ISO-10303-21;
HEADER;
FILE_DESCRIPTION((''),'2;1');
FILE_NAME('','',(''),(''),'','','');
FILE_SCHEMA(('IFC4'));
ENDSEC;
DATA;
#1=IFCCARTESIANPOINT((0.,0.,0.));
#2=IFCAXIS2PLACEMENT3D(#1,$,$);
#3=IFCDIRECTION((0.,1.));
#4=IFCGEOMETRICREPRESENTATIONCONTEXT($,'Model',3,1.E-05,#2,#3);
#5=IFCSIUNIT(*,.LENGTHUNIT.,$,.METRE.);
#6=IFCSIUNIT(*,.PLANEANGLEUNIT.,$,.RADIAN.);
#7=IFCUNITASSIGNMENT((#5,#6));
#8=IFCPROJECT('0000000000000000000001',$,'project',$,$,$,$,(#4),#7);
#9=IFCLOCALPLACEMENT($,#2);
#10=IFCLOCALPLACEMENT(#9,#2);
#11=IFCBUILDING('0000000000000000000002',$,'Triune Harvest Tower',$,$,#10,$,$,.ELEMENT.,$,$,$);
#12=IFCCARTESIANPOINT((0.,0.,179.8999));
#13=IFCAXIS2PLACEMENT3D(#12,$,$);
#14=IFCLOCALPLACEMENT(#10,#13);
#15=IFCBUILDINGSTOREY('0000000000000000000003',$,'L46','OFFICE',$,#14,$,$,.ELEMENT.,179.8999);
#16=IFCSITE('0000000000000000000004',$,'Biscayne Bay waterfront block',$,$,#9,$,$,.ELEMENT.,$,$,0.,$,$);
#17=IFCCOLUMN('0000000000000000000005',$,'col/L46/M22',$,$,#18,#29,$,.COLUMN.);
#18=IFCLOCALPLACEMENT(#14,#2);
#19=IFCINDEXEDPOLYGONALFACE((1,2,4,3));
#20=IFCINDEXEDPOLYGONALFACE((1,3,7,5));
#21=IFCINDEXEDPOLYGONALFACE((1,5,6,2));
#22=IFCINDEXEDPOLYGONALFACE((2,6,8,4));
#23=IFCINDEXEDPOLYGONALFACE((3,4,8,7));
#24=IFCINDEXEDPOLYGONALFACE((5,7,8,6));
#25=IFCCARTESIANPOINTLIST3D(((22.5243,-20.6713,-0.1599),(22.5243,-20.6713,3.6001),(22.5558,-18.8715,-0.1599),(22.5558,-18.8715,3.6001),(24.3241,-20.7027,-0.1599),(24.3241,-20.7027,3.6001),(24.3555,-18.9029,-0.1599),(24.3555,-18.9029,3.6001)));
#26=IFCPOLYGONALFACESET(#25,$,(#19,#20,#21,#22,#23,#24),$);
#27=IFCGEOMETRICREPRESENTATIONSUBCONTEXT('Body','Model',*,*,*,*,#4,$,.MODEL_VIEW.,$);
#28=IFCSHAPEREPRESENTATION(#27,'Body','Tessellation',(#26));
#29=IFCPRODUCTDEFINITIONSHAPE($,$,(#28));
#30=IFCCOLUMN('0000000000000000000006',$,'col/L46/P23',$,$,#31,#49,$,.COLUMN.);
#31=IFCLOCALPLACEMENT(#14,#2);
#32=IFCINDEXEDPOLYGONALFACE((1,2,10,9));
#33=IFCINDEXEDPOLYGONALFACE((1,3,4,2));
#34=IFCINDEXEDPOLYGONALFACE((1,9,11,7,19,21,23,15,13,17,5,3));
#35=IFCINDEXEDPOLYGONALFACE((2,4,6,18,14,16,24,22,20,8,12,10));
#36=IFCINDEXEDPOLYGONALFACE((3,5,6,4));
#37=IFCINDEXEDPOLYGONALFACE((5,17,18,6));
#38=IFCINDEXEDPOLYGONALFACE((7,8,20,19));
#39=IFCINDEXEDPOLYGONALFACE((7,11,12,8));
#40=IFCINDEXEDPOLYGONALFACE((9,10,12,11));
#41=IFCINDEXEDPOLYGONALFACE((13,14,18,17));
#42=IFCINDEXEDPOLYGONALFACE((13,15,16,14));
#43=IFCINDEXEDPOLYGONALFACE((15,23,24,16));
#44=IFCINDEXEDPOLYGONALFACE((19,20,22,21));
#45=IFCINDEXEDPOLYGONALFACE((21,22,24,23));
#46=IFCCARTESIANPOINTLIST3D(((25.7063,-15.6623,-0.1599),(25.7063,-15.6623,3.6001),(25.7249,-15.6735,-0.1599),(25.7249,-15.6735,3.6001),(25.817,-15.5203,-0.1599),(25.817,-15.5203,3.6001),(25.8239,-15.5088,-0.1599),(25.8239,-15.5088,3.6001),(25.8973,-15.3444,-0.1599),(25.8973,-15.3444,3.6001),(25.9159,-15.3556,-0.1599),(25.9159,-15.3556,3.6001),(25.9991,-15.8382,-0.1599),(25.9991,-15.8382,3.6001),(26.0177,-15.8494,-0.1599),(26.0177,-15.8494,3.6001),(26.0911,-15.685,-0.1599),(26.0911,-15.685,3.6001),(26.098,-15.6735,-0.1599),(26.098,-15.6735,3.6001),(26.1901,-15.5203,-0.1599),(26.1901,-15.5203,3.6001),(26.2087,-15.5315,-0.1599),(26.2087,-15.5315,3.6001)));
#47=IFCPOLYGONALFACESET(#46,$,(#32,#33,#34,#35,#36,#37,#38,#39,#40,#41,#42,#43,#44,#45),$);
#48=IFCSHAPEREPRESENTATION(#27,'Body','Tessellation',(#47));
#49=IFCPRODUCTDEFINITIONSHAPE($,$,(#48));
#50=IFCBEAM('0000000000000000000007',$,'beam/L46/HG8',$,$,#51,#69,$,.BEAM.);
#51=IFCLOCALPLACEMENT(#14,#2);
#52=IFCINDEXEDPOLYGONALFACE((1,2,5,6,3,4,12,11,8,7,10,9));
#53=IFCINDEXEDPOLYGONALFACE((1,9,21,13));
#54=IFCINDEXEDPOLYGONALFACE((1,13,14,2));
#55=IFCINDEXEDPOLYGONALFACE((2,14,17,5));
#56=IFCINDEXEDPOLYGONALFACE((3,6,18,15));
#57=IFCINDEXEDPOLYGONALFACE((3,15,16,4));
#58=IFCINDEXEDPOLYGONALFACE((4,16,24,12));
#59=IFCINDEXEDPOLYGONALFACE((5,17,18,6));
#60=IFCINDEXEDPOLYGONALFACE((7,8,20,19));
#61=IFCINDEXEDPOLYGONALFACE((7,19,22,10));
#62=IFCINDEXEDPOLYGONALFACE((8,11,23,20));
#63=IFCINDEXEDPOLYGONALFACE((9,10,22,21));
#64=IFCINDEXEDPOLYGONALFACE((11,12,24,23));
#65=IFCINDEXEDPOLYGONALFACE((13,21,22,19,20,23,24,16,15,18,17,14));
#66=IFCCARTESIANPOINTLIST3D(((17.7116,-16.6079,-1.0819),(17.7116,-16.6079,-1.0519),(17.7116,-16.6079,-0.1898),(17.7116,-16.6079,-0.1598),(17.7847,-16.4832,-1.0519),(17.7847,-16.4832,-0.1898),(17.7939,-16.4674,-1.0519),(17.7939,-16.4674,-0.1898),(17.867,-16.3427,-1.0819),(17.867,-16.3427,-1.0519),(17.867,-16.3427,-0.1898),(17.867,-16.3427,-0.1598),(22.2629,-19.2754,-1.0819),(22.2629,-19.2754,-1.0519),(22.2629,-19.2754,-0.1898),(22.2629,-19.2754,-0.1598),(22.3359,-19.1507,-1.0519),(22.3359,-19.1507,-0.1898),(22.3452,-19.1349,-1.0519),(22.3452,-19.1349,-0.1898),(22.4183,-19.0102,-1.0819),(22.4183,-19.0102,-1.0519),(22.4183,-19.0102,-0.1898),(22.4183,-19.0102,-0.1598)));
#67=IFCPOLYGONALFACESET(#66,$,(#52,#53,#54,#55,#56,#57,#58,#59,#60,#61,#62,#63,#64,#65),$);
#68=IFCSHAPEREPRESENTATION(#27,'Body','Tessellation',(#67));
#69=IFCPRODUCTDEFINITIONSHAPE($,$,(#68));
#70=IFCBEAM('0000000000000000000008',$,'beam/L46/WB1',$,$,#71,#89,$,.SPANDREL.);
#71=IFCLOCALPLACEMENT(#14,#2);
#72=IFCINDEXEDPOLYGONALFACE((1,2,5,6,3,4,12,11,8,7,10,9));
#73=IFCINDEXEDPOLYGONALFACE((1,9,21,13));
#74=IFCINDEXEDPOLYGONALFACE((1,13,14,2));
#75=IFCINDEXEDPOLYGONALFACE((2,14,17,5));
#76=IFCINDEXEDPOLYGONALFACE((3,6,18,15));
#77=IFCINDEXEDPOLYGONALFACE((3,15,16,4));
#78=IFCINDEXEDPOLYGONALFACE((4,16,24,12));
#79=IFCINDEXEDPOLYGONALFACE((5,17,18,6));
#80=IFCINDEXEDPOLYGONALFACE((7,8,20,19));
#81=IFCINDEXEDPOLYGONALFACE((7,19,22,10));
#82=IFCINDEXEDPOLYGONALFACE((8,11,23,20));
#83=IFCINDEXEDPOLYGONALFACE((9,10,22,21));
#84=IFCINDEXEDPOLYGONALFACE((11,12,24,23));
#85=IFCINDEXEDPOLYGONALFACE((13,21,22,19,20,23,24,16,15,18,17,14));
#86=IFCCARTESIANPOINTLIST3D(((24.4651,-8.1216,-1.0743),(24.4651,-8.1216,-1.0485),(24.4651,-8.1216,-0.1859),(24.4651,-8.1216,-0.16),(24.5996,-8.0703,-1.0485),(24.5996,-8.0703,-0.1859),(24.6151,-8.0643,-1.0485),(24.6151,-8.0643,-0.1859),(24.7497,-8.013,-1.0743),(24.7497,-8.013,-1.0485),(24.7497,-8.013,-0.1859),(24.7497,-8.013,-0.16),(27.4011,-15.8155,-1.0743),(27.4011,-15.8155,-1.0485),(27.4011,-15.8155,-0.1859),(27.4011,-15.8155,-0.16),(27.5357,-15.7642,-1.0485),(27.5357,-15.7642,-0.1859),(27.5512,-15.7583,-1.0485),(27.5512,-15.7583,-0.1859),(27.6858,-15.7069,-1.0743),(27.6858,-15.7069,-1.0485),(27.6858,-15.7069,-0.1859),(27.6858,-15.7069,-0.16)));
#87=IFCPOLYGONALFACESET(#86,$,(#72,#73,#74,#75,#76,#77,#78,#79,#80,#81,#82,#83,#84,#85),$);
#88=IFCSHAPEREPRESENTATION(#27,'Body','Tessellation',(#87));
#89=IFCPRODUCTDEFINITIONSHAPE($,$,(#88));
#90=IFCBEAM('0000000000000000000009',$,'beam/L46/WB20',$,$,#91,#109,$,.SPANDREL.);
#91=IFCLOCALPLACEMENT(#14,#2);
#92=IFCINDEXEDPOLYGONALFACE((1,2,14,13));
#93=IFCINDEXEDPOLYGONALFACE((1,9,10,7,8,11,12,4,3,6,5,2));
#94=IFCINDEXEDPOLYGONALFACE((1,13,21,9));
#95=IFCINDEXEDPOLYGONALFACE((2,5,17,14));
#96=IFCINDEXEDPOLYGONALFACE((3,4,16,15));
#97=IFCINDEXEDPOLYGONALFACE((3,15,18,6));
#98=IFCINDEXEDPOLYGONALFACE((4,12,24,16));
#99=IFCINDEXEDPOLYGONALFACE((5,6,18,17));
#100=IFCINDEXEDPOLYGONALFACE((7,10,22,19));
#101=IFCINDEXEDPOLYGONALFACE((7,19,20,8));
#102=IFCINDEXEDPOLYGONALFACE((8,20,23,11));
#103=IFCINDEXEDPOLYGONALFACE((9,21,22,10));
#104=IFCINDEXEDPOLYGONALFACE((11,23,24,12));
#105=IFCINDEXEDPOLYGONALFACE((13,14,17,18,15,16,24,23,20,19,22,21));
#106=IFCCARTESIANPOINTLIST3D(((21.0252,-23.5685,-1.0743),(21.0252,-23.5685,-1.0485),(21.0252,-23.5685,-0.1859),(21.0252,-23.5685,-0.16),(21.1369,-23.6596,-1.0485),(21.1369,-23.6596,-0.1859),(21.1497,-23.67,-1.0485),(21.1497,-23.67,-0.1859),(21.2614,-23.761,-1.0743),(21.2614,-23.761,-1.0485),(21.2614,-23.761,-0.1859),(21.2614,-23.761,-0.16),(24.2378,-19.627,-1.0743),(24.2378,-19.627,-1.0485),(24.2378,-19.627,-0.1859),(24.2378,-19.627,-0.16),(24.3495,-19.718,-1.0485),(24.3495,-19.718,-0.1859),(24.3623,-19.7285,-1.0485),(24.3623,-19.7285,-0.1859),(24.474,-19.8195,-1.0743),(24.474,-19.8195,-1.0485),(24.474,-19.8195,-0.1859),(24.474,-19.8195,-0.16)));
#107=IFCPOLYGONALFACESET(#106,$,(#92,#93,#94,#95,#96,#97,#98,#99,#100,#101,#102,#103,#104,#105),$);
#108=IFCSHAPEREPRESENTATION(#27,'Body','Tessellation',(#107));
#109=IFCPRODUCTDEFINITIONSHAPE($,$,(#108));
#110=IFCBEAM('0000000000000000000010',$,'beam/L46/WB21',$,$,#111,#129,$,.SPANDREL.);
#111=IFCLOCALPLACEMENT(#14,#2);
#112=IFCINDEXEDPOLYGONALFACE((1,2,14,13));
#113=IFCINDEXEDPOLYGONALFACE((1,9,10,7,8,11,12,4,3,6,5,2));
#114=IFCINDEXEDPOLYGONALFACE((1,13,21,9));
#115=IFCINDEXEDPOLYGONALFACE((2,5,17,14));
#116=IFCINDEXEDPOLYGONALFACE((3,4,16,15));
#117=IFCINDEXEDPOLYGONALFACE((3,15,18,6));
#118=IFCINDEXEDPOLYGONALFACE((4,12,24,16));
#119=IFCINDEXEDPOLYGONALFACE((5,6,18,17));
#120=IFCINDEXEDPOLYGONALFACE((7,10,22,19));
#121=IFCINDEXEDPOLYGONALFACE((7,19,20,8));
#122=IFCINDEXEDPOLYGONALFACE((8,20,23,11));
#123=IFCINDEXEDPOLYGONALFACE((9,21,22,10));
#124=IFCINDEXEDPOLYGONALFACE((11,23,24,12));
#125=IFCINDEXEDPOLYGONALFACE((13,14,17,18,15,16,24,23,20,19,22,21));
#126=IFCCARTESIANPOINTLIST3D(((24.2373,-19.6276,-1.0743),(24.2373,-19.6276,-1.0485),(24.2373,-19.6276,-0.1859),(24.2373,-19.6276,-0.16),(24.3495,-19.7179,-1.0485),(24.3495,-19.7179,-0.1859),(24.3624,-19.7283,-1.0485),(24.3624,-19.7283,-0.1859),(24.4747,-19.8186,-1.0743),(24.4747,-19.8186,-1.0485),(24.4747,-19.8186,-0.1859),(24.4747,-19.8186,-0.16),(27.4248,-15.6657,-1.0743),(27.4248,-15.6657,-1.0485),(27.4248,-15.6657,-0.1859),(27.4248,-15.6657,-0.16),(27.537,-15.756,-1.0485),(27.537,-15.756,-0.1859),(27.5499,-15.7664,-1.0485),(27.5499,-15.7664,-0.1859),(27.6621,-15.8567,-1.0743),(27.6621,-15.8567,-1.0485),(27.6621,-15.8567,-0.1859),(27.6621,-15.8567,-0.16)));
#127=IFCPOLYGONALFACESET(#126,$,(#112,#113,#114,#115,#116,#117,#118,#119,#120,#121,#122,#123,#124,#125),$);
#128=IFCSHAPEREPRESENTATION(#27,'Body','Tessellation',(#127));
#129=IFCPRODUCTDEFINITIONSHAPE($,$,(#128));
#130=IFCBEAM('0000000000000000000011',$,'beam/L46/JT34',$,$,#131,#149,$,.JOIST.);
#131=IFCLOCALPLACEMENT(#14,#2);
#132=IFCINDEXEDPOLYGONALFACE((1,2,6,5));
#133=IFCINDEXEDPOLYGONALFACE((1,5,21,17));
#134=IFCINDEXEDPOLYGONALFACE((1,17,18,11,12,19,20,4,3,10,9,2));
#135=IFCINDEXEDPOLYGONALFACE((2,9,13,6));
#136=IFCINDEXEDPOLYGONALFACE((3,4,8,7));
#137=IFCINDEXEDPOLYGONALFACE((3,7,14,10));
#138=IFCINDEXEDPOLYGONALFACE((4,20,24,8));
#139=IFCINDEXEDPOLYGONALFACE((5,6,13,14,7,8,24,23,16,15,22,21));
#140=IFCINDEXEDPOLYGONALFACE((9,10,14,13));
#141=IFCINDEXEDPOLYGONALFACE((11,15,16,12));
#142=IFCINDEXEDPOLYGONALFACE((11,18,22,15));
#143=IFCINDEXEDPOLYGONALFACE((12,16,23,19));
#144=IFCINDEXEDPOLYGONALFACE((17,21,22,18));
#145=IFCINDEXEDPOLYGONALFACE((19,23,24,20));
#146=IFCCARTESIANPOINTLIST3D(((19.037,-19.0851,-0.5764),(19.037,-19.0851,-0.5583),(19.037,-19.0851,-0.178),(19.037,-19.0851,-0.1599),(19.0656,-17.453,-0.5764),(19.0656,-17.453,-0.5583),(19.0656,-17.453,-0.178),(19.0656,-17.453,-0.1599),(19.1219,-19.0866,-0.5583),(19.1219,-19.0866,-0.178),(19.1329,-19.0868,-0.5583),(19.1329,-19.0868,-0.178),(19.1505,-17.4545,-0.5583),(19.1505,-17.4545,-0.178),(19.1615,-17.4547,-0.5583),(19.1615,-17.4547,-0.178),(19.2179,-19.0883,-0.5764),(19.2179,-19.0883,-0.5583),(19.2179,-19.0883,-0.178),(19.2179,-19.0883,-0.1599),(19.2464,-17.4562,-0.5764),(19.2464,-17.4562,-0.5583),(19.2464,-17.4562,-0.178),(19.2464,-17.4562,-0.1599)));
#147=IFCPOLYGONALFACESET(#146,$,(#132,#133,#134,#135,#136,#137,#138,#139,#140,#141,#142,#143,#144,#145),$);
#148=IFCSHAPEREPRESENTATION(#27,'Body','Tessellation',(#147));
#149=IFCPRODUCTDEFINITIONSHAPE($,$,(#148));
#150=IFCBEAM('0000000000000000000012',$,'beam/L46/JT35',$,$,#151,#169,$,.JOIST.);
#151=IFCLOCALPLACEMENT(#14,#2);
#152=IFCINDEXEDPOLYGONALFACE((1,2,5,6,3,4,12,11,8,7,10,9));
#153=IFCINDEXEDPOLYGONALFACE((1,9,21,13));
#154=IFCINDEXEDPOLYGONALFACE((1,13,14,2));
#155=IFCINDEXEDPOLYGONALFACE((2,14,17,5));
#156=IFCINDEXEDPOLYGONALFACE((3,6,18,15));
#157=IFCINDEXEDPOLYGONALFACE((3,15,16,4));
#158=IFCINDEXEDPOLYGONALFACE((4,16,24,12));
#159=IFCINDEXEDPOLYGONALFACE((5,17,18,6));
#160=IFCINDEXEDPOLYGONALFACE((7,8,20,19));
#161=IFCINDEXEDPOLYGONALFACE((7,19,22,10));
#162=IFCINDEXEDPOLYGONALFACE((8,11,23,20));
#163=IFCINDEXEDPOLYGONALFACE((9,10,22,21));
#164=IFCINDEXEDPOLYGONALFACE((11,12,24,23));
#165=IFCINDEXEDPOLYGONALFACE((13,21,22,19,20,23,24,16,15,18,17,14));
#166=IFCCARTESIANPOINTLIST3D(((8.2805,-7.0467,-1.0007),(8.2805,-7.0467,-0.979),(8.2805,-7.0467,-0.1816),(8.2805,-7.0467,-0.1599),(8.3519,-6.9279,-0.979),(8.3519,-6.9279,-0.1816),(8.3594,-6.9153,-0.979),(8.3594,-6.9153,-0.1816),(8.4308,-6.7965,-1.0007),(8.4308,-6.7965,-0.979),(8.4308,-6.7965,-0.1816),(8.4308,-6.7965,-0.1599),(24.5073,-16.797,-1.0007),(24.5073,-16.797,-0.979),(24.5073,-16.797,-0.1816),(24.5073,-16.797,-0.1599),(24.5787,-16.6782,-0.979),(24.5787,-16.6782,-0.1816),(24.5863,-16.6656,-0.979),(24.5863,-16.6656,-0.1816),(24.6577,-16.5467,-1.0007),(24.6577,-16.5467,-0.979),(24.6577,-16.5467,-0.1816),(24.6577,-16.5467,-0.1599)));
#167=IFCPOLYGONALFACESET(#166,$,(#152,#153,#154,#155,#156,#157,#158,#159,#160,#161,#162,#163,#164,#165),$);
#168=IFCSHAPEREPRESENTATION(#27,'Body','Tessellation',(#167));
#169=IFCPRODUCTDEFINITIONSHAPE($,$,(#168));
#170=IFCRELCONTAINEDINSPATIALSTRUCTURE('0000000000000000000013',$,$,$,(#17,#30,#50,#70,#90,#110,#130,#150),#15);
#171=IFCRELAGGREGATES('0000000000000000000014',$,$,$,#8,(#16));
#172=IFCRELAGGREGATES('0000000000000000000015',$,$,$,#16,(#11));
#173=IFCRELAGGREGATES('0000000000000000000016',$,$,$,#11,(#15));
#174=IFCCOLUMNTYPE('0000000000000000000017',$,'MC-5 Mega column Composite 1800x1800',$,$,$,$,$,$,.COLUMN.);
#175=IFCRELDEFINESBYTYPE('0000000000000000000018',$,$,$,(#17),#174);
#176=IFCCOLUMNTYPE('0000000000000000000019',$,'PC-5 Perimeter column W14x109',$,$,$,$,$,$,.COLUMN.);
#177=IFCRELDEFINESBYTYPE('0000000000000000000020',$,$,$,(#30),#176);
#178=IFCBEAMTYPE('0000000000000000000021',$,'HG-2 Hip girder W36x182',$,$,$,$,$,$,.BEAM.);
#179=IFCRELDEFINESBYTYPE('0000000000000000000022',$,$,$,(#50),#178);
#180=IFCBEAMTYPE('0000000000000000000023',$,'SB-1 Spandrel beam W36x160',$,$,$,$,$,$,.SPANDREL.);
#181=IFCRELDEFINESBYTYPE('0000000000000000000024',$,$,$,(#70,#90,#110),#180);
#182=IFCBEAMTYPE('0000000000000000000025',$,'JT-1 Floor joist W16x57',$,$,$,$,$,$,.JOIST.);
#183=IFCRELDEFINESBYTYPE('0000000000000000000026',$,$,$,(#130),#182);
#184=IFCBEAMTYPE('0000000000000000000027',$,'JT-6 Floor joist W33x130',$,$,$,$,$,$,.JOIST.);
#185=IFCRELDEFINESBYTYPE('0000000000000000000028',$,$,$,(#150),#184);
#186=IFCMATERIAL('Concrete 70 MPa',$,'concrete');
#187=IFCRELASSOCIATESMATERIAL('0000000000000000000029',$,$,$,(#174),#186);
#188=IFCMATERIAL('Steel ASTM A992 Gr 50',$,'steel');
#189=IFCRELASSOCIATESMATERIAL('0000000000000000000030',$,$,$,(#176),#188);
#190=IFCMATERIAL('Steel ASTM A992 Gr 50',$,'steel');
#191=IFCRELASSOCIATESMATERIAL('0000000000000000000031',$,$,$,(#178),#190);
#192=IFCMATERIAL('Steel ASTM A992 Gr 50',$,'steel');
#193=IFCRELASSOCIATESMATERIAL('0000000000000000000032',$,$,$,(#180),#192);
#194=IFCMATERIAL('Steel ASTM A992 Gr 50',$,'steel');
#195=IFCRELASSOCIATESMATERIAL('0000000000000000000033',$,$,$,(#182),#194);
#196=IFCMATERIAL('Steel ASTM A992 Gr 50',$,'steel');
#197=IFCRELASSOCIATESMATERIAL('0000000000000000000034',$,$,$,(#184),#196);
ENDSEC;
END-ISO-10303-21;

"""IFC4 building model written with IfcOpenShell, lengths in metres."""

from ifc_helpers import new_model, si_unit, direction, frame, origin, origin_2d, place, context, subcontext, project, spatial, rectangle, i_section, extrude, source, transform, mapped, material, material_profile, profile_set, type_object, element, save


model = new_model("IFC4")

# Units and contexts
model_context = context("Model", 3, precision=1e-05, world=origin(), true_north=direction((0.0, 1.0)))
body_context = subcontext(model_context, "Body", "Model", "MODEL_VIEW")
ifc_project = project(units=[si_unit("LENGTHUNIT", "METRE"), si_unit("PLANEANGLEUNIT", "RADIAN")], contexts=[model_context])

# Site, building, storey
site_placement = place(None, origin())
site = spatial("IfcSite", under=ifc_project, at=site_placement, Name="Biscayne Bay waterfront block", CompositionType="ELEMENT", RefElevation=0.0)
building_placement = place(site_placement, origin())
building = spatial("IfcBuilding", under=site, at=building_placement, Name="Triune Harvest Tower", CompositionType="ELEMENT")
storey_placement = place(building_placement, frame((0.0, 0.0, 179.8999)))
storey = spatial("IfcBuildingStorey", under=building, at=storey_placement, Name="L46", Description="OFFICE", CompositionType="ELEMENT", Elevation=179.8999)

# Columns
ifc_material_1 = material(Name="Concrete 70 MPa", Category="concrete")
ifc_material_profile_1 = material_profile(ifc_material_1, rectangle(XDim=1.8, YDim=1.8, at=origin_2d()), Name="Composite 1800x1800")
ifc_profile_set_1 = profile_set([ifc_material_profile_1], Name="Concrete 70 MPa")
column_type_1 = type_object("IfcColumnType", Name="MC-5 Mega column Composite 1800x1800", PredefinedType="COLUMN", material=ifc_profile_set_1)
shared_shape_1 = source(origin(), body_context, "Body", "SweptSolid", [
    extrude(rectangle(XDim=1.8, YDim=1.8, at=origin_2d()), origin(), (0.0, 0.0, 1.0), 3.76),
])
column_1_placement = place(storey_placement, frame((23.4399, -19.7871, -0.1599), z_axis=(0.0, 0.0, 1.0), x_axis=(0.999848, -0.017452, 0.0)))
element("IfcColumn", 1, at=column_1_placement, inside=storey, type_object=column_type_1, Name="col/L46/M22", PredefinedType="COLUMN", context=body_context, shape_type="MappedRepresentation", body=[
    mapped(shared_shape_1, transform((0.0, 0.0, 0.0), scale=1.0)),
])
ifc_material_2 = material(Name="Steel ASTM A992 Gr 50", Category="steel")
ifc_material_profile_2 = material_profile(ifc_material_2, i_section(OverallWidth=0.3708, OverallDepth=0.3633, WebThickness=0.0134, FlangeThickness=0.0217, at=origin_2d()), Name="W14x109")
ifc_profile_set_2 = profile_set([ifc_material_profile_2], Name="Steel ASTM A992 Gr 50")
column_type_2 = type_object("IfcColumnType", Name="PC-5 Perimeter column W14x109", PredefinedType="COLUMN", material=ifc_profile_set_2)
shared_shape_2 = source(origin(), body_context, "Body", "SweptSolid", [
    extrude(i_section(OverallWidth=0.3708, OverallDepth=0.3633, WebThickness=0.0134, FlangeThickness=0.0217, at=origin_2d()), origin(), (0.0, 0.0, 1.0), 3.76),
])
column_2_placement = place(storey_placement, frame((25.9575, -15.5969, -0.1599), z_axis=(0.0, 0.0, 1.0), x_axis=(0.51504, 0.857166, 0.0)))
element("IfcColumn", 2, at=column_2_placement, inside=storey, type_object=column_type_2, Name="col/L46/P23", PredefinedType="COLUMN", context=body_context, shape_type="MappedRepresentation", body=[
    mapped(shared_shape_2, transform((0.0, 0.0, 0.0), scale=1.0)),
])

# Beams
ifc_material_3 = material(Name="Steel ASTM A992 Gr 50", Category="steel")
ifc_material_profile_3 = material_profile(ifc_material_3, i_section(OverallWidth=0.3074, OverallDepth=0.9221, WebThickness=0.0183, FlangeThickness=0.03, at=origin_2d()), Name="W36x182")
ifc_profile_set_3 = profile_set([ifc_material_profile_3], Name="Steel ASTM A992 Gr 50")
beam_type_1 = type_object("IfcBeamType", Name="HG-2 Hip girder W36x182", PredefinedType="BEAM", material=ifc_profile_set_3)
beam_1_placement = place(storey_placement, frame((22.3406, -19.1428, -0.6208), z_axis=(-0.86274, 0.505648, 0.0), x_axis=(-0.505648, -0.86274, 0.0)))
element("IfcBeam", 3, at=beam_1_placement, inside=storey, type_object=beam_type_1, Name="beam/L46/HG8", PredefinedType="BEAM", context=body_context, shape_type="SweptSolid", body=[
    extrude(i_section(OverallWidth=0.3074, OverallDepth=0.9221, WebThickness=0.0183, FlangeThickness=0.03, at=origin_2d()), origin(), (0.0, 0.0, 1.0), 5.2754),
])
ifc_material_4 = material(Name="Steel ASTM A992 Gr 50", Category="steel")
ifc_material_profile_4 = material_profile(ifc_material_4, i_section(OverallWidth=0.3047, OverallDepth=0.9143, WebThickness=0.0166, FlangeThickness=0.0259, at=origin_2d()), Name="W36x160")
ifc_profile_set_4 = profile_set([ifc_material_profile_4], Name="Steel ASTM A992 Gr 50")
beam_type_2 = type_object("IfcBeamType", Name="SB-1 Spandrel beam W36x160", PredefinedType="SPANDREL", material=ifc_profile_set_4)
shared_shape_3 = source(origin(), body_context, "Body", "SweptSolid", [
    extrude(i_section(OverallWidth=0.3047, OverallDepth=0.9143, WebThickness=0.0166, FlangeThickness=0.0259, at=origin_2d()), origin(), (0.0, 0.0, 1.0), 8.2351),
])
beam_2_placement = place(storey_placement, frame((27.5435, -15.7612, -0.6172), z_axis=(-0.35653, 0.934284, 0.0), x_axis=(-0.934284, -0.35653, 0.0)))
element("IfcBeam", 4, at=beam_2_placement, inside=storey, type_object=beam_type_2, Name="beam/L46/WB1", PredefinedType="SPANDREL", context=body_context, shape_type="MappedRepresentation", body=[
    mapped(shared_shape_3, transform((0.0, 0.0, 0.0), scale=1.0)),
])
shared_shape_4 = source(origin(), body_context, "Body", "SweptSolid", [
    extrude(i_section(OverallWidth=0.3047, OverallDepth=0.9143, WebThickness=0.0166, FlangeThickness=0.0259, at=origin_2d()), origin(), (0.0, 0.0, 1.0), 5.085),
])
for number, where, z_axis, x_axis, name in (
    (5, (21.1433, -23.6648, -0.6172), (0.631783, 0.775145, 0.0), (-0.775145, 0.631783, 0.0), "beam/L46/WB20"),
    (6, (24.356, -19.7231, -0.6172), (0.626847, 0.779142, 0.0), (-0.779142, 0.626847, 0.0), "beam/L46/WB21"),
):
    element("IfcBeam", number, at=place(storey_placement, frame(where, z_axis=z_axis, x_axis=x_axis)), inside=storey, type_object=beam_type_2, Name=name, PredefinedType="SPANDREL", context=body_context, shape_type="MappedRepresentation", body=[
        mapped(shared_shape_4, transform((0.0, 0.0, 0.0), scale=1.0)),
    ])
ifc_material_5 = material(Name="Steel ASTM A992 Gr 50", Category="steel")
ifc_material_profile_5 = material_profile(ifc_material_5, i_section(OverallWidth=0.1809, OverallDepth=0.4165, WebThickness=0.011, FlangeThickness=0.0181, at=origin_2d()), Name="W16x57")
ifc_profile_set_5 = profile_set([ifc_material_profile_5], Name="Steel ASTM A992 Gr 50")
beam_type_3 = type_object("IfcBeamType", Name="JT-1 Floor joist W16x57", PredefinedType="JOIST", material=ifc_profile_set_5)
shared_shape_5 = source(origin(), body_context, "Body", "SweptSolid", [
    extrude(i_section(OverallWidth=0.1809, OverallDepth=0.4165, WebThickness=0.011, FlangeThickness=0.0181, at=origin_2d()), origin(), (0.0, 0.0, 1.0), 1.6323),
])
beam_3_placement = place(storey_placement, frame((19.1274, -19.0867, -0.3682), z_axis=(0.017499, 0.999847, 0.0), x_axis=(-0.999847, 0.017499, 0.0)))
element("IfcBeam", 7, at=beam_3_placement, inside=storey, type_object=beam_type_3, Name="beam/L46/JT34", PredefinedType="JOIST", context=body_context, shape_type="MappedRepresentation", body=[
    mapped(shared_shape_5, transform((0.0, 0.0, 0.0), scale=1.0)),
])
ifc_material_6 = material(Name="Steel ASTM A992 Gr 50", Category="steel")
ifc_material_profile_6 = material_profile(ifc_material_6, i_section(OverallWidth=0.292, OverallDepth=0.8408, WebThickness=0.0146, FlangeThickness=0.0217, at=origin_2d()), Name="W33x130")
ifc_profile_set_6 = profile_set([ifc_material_profile_6], Name="Steel ASTM A992 Gr 50")
beam_type_4 = type_object("IfcBeamType", Name="JT-6 Floor joist W33x130", PredefinedType="JOIST", material=ifc_profile_set_6)
shared_shape_6 = source(origin(), body_context, "Body", "SweptSolid", [
    extrude(i_section(OverallWidth=0.292, OverallDepth=0.8408, WebThickness=0.0146, FlangeThickness=0.0217, at=origin_2d()), origin(), (0.0, 0.0, 1.0), 18.9309),
])
beam_4_placement = place(storey_placement, frame((24.5825, -16.6719, -0.5803), z_axis=(-0.857163, 0.515046, 0.0), x_axis=(-0.515046, -0.857163, 0.0)))
element("IfcBeam", 8, at=beam_4_placement, inside=storey, type_object=beam_type_4, Name="beam/L46/JT35", PredefinedType="JOIST", context=body_context, shape_type="MappedRepresentation", body=[
    mapped(shared_shape_6, transform((0.0, 0.0, 0.0), scale=1.0)),
])

save(model, "model.ifc")
